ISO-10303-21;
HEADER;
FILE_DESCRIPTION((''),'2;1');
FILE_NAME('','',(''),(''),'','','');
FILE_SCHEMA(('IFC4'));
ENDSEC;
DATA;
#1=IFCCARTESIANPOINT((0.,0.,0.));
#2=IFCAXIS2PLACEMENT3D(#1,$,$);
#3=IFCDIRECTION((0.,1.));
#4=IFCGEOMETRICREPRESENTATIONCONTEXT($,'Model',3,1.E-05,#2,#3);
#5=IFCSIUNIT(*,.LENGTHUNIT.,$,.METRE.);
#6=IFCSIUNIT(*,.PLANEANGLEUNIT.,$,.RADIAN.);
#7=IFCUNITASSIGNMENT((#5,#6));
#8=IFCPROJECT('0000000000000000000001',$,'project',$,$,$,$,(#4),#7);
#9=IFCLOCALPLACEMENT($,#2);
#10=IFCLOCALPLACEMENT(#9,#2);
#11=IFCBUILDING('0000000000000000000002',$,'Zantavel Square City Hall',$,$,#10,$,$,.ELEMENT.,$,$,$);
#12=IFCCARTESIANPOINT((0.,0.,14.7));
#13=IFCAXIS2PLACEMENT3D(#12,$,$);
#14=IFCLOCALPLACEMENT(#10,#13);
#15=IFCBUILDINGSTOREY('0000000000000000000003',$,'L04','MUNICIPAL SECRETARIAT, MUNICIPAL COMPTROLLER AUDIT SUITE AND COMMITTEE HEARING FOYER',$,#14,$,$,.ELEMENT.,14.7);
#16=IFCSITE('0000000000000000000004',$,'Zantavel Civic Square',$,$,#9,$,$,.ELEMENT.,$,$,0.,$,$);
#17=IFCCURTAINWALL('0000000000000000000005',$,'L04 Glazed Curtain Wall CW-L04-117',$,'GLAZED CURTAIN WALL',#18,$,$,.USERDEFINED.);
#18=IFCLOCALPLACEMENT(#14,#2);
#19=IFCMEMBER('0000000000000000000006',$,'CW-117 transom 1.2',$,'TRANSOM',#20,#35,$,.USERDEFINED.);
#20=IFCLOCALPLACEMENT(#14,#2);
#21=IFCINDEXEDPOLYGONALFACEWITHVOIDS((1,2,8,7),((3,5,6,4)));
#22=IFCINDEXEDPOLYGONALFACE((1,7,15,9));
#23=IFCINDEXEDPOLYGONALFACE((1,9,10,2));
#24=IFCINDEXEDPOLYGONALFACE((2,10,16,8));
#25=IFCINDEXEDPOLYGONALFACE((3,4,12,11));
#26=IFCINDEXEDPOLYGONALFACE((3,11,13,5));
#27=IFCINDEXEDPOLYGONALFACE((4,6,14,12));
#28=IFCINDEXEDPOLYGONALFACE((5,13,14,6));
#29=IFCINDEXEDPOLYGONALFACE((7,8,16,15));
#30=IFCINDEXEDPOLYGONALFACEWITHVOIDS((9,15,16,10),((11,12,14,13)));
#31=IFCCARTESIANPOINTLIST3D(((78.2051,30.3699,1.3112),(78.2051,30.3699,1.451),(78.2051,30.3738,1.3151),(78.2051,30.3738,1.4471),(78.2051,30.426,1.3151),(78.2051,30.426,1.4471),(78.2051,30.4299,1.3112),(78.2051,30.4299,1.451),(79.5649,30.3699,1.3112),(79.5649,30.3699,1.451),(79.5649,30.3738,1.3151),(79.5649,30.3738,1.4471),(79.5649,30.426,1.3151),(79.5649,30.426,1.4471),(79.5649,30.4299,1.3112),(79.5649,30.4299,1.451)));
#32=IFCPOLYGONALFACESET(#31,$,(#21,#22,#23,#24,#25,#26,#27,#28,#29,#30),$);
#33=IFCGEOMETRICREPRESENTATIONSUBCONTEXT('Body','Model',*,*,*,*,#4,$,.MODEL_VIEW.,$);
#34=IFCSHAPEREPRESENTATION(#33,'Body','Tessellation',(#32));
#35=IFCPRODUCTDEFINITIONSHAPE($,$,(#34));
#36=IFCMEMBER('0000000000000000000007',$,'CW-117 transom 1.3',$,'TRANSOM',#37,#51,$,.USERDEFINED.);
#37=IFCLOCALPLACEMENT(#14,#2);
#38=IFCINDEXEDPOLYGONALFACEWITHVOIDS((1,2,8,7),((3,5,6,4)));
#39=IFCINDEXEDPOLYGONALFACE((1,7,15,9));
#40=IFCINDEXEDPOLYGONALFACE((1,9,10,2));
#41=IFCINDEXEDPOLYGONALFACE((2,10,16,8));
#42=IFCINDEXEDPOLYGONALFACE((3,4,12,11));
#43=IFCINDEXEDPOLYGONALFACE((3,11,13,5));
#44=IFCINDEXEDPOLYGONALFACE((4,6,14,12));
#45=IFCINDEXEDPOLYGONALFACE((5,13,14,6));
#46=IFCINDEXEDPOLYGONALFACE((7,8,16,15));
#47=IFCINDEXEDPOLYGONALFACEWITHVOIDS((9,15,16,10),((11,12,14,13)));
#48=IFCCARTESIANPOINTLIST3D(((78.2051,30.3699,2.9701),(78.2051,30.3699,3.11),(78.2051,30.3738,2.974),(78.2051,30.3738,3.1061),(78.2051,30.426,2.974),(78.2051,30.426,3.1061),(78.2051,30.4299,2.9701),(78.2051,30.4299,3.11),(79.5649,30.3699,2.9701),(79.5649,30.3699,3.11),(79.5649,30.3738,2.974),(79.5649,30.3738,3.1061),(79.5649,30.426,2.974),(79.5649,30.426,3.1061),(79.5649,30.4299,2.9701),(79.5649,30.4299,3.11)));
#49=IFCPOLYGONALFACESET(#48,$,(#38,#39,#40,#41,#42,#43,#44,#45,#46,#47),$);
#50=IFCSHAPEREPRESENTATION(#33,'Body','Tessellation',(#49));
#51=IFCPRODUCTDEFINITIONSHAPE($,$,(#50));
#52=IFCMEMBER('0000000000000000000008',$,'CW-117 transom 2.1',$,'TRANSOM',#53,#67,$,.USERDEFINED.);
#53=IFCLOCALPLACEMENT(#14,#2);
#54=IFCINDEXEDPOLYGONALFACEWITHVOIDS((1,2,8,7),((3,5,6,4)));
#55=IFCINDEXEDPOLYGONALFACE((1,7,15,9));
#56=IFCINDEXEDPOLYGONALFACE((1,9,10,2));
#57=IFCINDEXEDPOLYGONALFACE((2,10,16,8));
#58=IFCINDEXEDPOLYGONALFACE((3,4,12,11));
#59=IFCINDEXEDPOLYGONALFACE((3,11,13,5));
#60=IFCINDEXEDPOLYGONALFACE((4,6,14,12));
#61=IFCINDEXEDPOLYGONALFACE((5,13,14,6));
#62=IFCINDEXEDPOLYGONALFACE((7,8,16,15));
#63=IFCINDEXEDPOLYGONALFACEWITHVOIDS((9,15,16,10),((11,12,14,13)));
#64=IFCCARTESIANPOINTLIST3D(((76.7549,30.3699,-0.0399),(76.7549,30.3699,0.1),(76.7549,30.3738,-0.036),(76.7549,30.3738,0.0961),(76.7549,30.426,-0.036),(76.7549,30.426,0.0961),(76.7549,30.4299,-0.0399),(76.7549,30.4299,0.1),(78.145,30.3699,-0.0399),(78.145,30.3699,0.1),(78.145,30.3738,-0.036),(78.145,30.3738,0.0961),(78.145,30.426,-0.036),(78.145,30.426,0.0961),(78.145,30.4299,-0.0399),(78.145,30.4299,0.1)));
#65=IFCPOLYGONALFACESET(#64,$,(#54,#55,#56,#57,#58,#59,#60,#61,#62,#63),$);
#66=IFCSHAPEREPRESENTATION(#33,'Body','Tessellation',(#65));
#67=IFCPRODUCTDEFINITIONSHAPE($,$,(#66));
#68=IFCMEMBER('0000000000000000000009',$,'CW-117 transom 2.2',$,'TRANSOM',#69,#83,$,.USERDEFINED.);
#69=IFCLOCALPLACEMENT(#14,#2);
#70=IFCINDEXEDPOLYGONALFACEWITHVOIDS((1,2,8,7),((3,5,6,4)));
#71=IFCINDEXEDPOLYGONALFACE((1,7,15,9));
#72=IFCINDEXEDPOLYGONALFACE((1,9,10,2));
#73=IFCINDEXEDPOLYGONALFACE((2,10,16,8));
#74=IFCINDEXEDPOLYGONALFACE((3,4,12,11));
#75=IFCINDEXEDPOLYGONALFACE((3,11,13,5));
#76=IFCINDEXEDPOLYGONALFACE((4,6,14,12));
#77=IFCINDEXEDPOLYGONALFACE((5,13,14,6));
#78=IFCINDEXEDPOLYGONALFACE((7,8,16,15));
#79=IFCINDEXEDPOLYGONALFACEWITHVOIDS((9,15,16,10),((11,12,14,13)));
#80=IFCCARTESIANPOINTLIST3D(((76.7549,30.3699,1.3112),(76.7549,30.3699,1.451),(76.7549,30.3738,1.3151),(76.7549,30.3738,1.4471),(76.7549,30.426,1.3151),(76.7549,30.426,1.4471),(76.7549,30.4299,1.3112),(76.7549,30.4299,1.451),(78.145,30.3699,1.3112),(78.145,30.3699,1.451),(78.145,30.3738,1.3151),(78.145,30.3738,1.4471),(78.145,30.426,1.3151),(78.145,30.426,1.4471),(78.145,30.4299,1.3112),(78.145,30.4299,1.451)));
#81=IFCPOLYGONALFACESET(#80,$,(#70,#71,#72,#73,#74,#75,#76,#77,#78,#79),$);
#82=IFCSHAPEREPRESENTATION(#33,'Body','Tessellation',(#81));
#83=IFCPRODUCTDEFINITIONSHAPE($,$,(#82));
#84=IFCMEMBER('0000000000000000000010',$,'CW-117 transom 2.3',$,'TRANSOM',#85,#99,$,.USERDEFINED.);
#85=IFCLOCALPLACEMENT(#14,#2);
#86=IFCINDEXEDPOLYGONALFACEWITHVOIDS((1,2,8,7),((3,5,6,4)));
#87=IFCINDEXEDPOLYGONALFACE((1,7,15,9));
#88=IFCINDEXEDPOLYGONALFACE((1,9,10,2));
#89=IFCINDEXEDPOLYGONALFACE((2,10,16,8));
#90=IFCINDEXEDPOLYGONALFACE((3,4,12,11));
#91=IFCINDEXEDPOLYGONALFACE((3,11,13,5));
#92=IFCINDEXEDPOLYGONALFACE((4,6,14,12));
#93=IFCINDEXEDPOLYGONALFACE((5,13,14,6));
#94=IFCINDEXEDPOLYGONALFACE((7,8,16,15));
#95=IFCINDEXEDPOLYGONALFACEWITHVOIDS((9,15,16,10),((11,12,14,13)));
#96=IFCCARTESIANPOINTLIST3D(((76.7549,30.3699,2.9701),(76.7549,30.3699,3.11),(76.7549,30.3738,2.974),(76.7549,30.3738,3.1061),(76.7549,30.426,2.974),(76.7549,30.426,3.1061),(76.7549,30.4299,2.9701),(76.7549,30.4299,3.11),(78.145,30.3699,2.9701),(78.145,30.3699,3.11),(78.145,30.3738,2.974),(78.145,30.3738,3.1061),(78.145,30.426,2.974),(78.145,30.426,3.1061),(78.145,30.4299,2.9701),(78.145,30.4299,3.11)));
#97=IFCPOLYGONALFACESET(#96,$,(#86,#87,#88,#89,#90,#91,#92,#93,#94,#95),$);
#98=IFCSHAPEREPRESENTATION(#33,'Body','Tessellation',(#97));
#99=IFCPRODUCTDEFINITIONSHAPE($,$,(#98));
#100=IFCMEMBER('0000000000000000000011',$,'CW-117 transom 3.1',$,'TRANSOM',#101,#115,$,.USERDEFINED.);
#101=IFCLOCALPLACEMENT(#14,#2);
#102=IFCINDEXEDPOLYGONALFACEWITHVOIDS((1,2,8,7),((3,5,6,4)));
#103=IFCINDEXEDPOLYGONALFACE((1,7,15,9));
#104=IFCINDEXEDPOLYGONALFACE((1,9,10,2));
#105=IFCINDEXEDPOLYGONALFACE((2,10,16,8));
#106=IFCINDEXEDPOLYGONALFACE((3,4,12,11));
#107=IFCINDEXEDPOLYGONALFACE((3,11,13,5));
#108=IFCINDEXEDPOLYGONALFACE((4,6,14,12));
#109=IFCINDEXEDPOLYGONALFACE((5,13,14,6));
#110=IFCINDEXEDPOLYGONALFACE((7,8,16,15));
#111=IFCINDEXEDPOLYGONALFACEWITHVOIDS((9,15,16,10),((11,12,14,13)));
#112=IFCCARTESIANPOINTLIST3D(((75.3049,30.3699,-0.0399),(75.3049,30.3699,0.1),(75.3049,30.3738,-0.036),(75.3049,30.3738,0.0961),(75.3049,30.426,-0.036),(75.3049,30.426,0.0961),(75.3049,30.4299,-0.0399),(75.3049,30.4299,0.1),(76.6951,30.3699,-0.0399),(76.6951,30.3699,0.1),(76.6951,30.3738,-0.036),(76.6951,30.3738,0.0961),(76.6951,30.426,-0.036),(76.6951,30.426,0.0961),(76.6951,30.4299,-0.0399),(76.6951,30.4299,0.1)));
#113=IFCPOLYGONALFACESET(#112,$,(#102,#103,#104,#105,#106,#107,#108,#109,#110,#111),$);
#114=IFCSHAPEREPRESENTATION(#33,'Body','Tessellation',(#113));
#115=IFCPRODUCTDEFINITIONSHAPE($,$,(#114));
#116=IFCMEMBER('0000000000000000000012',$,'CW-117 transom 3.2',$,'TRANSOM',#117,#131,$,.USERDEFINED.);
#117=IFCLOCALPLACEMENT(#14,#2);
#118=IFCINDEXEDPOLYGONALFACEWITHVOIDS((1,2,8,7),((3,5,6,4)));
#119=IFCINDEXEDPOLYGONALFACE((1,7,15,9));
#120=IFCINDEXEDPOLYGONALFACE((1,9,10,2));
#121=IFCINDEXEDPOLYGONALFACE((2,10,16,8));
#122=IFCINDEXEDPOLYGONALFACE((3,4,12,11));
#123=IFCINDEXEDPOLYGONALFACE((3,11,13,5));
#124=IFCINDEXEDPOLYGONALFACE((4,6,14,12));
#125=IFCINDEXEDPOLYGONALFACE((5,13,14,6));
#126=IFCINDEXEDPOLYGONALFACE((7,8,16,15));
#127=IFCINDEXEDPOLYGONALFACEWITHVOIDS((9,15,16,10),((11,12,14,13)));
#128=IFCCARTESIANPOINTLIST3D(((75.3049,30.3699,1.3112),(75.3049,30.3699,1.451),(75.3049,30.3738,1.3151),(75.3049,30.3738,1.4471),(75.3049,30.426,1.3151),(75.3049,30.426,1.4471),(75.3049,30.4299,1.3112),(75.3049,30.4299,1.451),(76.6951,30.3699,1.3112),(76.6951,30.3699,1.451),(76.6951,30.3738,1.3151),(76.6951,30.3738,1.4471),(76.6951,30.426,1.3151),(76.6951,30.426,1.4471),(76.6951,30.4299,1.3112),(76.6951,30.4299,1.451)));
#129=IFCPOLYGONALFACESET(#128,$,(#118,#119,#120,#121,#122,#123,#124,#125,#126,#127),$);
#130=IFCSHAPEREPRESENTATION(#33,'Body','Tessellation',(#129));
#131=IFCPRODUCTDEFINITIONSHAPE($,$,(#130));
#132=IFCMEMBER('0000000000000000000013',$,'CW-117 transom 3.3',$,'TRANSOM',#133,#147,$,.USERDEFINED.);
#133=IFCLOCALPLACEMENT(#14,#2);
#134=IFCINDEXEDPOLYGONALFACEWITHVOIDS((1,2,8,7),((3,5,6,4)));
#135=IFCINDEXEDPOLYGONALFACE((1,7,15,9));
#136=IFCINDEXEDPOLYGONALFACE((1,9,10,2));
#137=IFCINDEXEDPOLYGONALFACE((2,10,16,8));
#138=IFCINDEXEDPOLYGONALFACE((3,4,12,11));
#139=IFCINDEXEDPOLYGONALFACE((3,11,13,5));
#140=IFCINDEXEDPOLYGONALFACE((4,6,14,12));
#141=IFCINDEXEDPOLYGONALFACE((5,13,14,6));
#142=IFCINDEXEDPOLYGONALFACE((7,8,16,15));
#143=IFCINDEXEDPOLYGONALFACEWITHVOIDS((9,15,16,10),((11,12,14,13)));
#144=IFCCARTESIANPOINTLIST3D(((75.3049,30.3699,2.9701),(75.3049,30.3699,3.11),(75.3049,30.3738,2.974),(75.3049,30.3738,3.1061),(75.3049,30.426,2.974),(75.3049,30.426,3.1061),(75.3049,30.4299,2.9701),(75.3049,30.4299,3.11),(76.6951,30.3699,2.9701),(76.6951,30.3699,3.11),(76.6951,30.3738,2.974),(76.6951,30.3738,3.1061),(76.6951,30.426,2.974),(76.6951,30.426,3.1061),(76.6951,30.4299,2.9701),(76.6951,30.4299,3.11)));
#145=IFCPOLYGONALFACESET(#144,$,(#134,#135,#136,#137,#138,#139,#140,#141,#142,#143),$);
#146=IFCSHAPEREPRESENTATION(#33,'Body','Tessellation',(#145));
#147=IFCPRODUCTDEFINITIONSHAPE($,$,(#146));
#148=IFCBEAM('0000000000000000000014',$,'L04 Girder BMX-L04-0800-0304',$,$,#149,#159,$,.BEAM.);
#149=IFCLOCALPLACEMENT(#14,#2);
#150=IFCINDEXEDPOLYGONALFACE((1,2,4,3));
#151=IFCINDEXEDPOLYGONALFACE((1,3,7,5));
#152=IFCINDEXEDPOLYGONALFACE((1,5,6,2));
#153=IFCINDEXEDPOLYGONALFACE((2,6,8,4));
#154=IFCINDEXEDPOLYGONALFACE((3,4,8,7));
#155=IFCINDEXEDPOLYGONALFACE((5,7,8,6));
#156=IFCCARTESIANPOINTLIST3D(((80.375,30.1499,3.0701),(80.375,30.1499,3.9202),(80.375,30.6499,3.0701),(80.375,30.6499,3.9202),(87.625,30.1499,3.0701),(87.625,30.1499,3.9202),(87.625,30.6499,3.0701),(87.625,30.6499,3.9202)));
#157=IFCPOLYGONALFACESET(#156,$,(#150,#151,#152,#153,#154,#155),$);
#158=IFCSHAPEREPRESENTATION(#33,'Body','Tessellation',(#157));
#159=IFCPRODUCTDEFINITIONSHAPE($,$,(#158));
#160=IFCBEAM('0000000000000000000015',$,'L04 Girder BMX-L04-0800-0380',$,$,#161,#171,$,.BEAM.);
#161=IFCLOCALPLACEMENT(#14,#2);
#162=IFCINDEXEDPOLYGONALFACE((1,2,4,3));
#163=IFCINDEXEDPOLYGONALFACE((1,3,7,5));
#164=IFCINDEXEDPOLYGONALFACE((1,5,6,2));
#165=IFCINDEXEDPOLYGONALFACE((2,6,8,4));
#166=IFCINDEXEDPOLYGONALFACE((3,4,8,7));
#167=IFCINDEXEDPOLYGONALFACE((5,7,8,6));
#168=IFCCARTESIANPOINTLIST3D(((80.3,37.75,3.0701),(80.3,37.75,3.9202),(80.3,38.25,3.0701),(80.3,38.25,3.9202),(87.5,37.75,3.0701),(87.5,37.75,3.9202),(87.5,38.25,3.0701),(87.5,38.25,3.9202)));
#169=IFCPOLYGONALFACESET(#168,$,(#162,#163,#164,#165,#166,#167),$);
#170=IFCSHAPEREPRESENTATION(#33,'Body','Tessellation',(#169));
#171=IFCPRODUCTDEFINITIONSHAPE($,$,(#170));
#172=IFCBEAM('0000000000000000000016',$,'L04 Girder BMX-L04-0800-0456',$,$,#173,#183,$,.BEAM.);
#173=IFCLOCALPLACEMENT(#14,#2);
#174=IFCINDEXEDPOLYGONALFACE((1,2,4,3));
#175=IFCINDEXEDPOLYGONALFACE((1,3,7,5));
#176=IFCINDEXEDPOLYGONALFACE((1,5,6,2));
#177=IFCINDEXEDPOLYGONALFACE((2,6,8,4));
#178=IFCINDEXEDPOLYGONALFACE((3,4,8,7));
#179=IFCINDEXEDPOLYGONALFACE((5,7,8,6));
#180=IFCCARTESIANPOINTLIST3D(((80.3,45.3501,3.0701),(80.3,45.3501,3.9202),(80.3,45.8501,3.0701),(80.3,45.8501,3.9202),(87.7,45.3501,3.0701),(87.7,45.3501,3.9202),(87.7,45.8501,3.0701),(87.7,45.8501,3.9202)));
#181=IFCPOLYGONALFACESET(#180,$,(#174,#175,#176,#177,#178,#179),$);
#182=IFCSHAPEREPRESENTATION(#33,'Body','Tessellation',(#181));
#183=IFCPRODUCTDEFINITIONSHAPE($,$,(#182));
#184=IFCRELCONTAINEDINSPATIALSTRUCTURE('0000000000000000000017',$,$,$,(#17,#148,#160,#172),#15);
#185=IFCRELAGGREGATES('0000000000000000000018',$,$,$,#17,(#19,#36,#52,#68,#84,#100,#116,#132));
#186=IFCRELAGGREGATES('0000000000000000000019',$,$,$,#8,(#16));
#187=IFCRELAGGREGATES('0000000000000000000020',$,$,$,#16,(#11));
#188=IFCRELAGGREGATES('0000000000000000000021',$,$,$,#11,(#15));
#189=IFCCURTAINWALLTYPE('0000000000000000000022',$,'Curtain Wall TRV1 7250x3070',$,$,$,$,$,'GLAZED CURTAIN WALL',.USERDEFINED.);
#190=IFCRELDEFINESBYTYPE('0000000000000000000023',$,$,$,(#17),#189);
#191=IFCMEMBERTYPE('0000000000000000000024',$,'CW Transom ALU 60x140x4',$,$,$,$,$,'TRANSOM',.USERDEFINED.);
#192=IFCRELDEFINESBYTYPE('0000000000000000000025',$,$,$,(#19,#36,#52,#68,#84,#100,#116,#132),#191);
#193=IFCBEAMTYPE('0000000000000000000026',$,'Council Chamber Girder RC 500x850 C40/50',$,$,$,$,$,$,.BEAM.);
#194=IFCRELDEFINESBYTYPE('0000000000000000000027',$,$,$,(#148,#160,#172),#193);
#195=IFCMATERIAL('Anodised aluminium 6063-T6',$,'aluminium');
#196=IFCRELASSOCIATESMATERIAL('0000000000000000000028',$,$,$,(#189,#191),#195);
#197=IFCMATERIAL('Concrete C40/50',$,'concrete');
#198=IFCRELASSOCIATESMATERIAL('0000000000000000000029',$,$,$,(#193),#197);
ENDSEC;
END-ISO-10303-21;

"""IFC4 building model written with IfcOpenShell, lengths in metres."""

from ifc_helpers import new_model, si_unit, direction, frame, origin, origin_2d, place, context, subcontext, project, spatial, rectangle, hollow_rectangle, extrude, material, material_profile, profile_set, type_object, element, aggregate, save


model = new_model("IFC4")

# Units and contexts
model_context = context("Model", 3, precision=1e-05, world=origin(), true_north=direction((0.0, 1.0)))
body_context = subcontext(model_context, "Body", "Model", "MODEL_VIEW")
ifc_project = project(units=[si_unit("LENGTHUNIT", "METRE"), si_unit("PLANEANGLEUNIT", "RADIAN")], contexts=[model_context])

# Site, building, storey
site_placement = place(None, origin())
site = spatial("IfcSite", under=ifc_project, at=site_placement, Name="Zantavel Civic Square", CompositionType="ELEMENT", RefElevation=0.0)
building_placement = place(site_placement, origin())
building = spatial("IfcBuilding", under=site, at=building_placement, Name="Zantavel Square City Hall", CompositionType="ELEMENT")
storey_placement = place(building_placement, frame((0.0, 0.0, 14.7)))
storey = spatial("IfcBuildingStorey", under=building, at=storey_placement, Name="L04", Description="MUNICIPAL SECRETARIAT, MUNICIPAL COMPTROLLER AUDIT SUITE AND COMMITTEE HEARING FOYER", CompositionType="ELEMENT", Elevation=14.7)

# Shared definitions
ifc_material_1 = material(Name="Concrete C40/50", Category="concrete")

# Shared definitions
ifc_material_2 = material(Name="Anodised aluminium 6063-T6", Category="aluminium")
curtain_wall_type = type_object("IfcCurtainWallType", Name="Curtain Wall TRV1 7250x3070", ElementType="GLAZED CURTAIN WALL", PredefinedType="USERDEFINED", material=ifc_material_2)

# Curtain wall
curtain_wall_1_placement = place(storey_placement, origin())
curtain_wall_1 = element("IfcCurtainWall", 1, at=curtain_wall_1_placement, inside=storey, type_object=curtain_wall_type, Name="L04 Glazed Curtain Wall CW-L04-117", ObjectType="GLAZED CURTAIN WALL", PredefinedType="USERDEFINED")

# Members
ifc_material_profile_1 = material_profile(ifc_material_2, hollow_rectangle(XDim=0.0601, YDim=0.1399, WallThickness=0.0039, at=origin_2d()), Name="ALU 60x140x4")
ifc_profile_set_1 = profile_set([ifc_material_profile_1], Name="Anodised aluminium 6063-T6")
member_type_1 = type_object("IfcMemberType", Name="CW Transom ALU 60x140x4", ElementType="TRANSOM", PredefinedType="USERDEFINED", material=ifc_profile_set_1)
member_1_placement = place(storey_placement, frame((79.5649, 30.3999, 1.3811), z_axis=(-1.0, 0.0, 0.0), x_axis=(0.0, -1.0, 0.0)))
member_1 = element("IfcMember", 2, at=member_1_placement, type_object=member_type_1, Name="CW-117 transom 1.2", ObjectType="TRANSOM", PredefinedType="USERDEFINED", context=body_context, shape_type="SweptSolid", body=[
    extrude(hollow_rectangle(XDim=0.0601, YDim=0.1399, WallThickness=0.0039, at=origin_2d()), origin(), (0.0, 0.0, 1.0), 1.3599),
])
member_2_placement = place(storey_placement, frame((79.5649, 30.3999, 3.04), z_axis=(-1.0, 0.0, 0.0), x_axis=(0.0, -1.0, 0.0)))
member_2 = element("IfcMember", 3, at=member_2_placement, type_object=member_type_1, Name="CW-117 transom 1.3", ObjectType="TRANSOM", PredefinedType="USERDEFINED", context=body_context, shape_type="SweptSolid", body=[
    extrude(hollow_rectangle(XDim=0.0601, YDim=0.1399, WallThickness=0.0039, at=origin_2d()), origin(), (0.0, 0.0, 1.0), 1.3599),
])
member_3_placement = place(storey_placement, frame((78.145, 30.3999, 0.03), z_axis=(-1.0, 0.0, 0.0), x_axis=(0.0, -1.0, 0.0)))
member_3 = element("IfcMember", 4, at=member_3_placement, type_object=member_type_1, Name="CW-117 transom 2.1", ObjectType="TRANSOM", PredefinedType="USERDEFINED", context=body_context, shape_type="SweptSolid", body=[
    extrude(hollow_rectangle(XDim=0.0601, YDim=0.1399, WallThickness=0.0039, at=origin_2d()), origin(), (0.0, 0.0, 1.0), 1.3901),
])
member_4_placement = place(storey_placement, frame((78.145, 30.3999, 1.3811), z_axis=(-1.0, 0.0, 0.0), x_axis=(0.0, -1.0, 0.0)))
member_4 = element("IfcMember", 5, at=member_4_placement, type_object=member_type_1, Name="CW-117 transom 2.2", ObjectType="TRANSOM", PredefinedType="USERDEFINED", context=body_context, shape_type="SweptSolid", body=[
    extrude(hollow_rectangle(XDim=0.0601, YDim=0.1399, WallThickness=0.0039, at=origin_2d()), origin(), (0.0, 0.0, 1.0), 1.3901),
])
member_5_placement = place(storey_placement, frame((78.145, 30.3999, 3.04), z_axis=(-1.0, 0.0, 0.0), x_axis=(0.0, -1.0, 0.0)))
member_5 = element("IfcMember", 6, at=member_5_placement, type_object=member_type_1, Name="CW-117 transom 2.3", ObjectType="TRANSOM", PredefinedType="USERDEFINED", context=body_context, shape_type="SweptSolid", body=[
    extrude(hollow_rectangle(XDim=0.0601, YDim=0.1399, WallThickness=0.0039, at=origin_2d()), origin(), (0.0, 0.0, 1.0), 1.3901),
])
member_6_placement = place(storey_placement, frame((76.6951, 30.3999, 0.03), z_axis=(-1.0, 0.0, 0.0), x_axis=(0.0, -1.0, 0.0)))
member_6 = element("IfcMember", 7, at=member_6_placement, type_object=member_type_1, Name="CW-117 transom 3.1", ObjectType="TRANSOM", PredefinedType="USERDEFINED", context=body_context, shape_type="SweptSolid", body=[
    extrude(hollow_rectangle(XDim=0.0601, YDim=0.1399, WallThickness=0.0039, at=origin_2d()), origin(), (0.0, 0.0, 1.0), 1.3901),
])
member_7_placement = place(storey_placement, frame((76.6951, 30.3999, 1.3811), z_axis=(-1.0, 0.0, 0.0), x_axis=(0.0, -1.0, 0.0)))
member_7 = element("IfcMember", 8, at=member_7_placement, type_object=member_type_1, Name="CW-117 transom 3.2", ObjectType="TRANSOM", PredefinedType="USERDEFINED", context=body_context, shape_type="SweptSolid", body=[
    extrude(hollow_rectangle(XDim=0.0601, YDim=0.1399, WallThickness=0.0039, at=origin_2d()), origin(), (0.0, 0.0, 1.0), 1.3901),
])
member_8_placement = place(storey_placement, frame((76.6951, 30.3999, 3.04), z_axis=(-1.0, 0.0, 0.0), x_axis=(0.0, -1.0, 0.0)))
member_8 = element("IfcMember", 9, at=member_8_placement, type_object=member_type_1, Name="CW-117 transom 3.3", ObjectType="TRANSOM", PredefinedType="USERDEFINED", context=body_context, shape_type="SweptSolid", body=[
    extrude(hollow_rectangle(XDim=0.0601, YDim=0.1399, WallThickness=0.0039, at=origin_2d()), origin(), (0.0, 0.0, 1.0), 1.3901),
])

# Beams
ifc_material_profile_2 = material_profile(ifc_material_1, rectangle(XDim=0.5, YDim=0.8501, at=origin_2d()), Name="RC 500x850")
ifc_profile_set_2 = profile_set([ifc_material_profile_2], Name="Concrete C40/50")
beam_type_1 = type_object("IfcBeamType", Name="Council Chamber Girder RC 500x850 C40/50", PredefinedType="BEAM", material=ifc_profile_set_2)
beam_1_placement = place(storey_placement, frame((80.375, 30.3999, 3.4951), z_axis=(1.0, 0.0, 0.0), x_axis=(0.0, 1.0, 0.0)))
element("IfcBeam", 10, at=beam_1_placement, inside=storey, type_object=beam_type_1, Name="L04 Girder BMX-L04-0800-0304", PredefinedType="BEAM", context=body_context, shape_type="SweptSolid", body=[
    extrude(rectangle(XDim=0.5, YDim=0.8501, at=origin_2d()), origin(), (0.0, 0.0, 1.0), 7.25),
])
beam_2_placement = place(storey_placement, frame((80.3, 38.0, 3.4951), z_axis=(1.0, 0.0, 0.0), x_axis=(0.0, 1.0, 0.0)))
element("IfcBeam", 11, at=beam_2_placement, inside=storey, type_object=beam_type_1, Name="L04 Girder BMX-L04-0800-0380", PredefinedType="BEAM", context=body_context, shape_type="SweptSolid", body=[
    extrude(rectangle(XDim=0.5, YDim=0.8501, at=origin_2d()), origin(), (0.0, 0.0, 1.0), 7.2),
])
beam_3_placement = place(storey_placement, frame((80.3, 45.6001, 3.4951), z_axis=(1.0, 0.0, 0.0), x_axis=(0.0, 1.0, 0.0)))
element("IfcBeam", 12, at=beam_3_placement, inside=storey, type_object=beam_type_1, Name="L04 Girder BMX-L04-0800-0456", PredefinedType="BEAM", context=body_context, shape_type="SweptSolid", body=[
    extrude(rectangle(XDim=0.5, YDim=0.8501, at=origin_2d()), origin(), (0.0, 0.0, 1.0), 7.3999),
])

aggregate(curtain_wall_1, [member_1, member_2, member_3, member_4, member_5, member_6, member_7, member_8])

save(model, "model.ifc")
